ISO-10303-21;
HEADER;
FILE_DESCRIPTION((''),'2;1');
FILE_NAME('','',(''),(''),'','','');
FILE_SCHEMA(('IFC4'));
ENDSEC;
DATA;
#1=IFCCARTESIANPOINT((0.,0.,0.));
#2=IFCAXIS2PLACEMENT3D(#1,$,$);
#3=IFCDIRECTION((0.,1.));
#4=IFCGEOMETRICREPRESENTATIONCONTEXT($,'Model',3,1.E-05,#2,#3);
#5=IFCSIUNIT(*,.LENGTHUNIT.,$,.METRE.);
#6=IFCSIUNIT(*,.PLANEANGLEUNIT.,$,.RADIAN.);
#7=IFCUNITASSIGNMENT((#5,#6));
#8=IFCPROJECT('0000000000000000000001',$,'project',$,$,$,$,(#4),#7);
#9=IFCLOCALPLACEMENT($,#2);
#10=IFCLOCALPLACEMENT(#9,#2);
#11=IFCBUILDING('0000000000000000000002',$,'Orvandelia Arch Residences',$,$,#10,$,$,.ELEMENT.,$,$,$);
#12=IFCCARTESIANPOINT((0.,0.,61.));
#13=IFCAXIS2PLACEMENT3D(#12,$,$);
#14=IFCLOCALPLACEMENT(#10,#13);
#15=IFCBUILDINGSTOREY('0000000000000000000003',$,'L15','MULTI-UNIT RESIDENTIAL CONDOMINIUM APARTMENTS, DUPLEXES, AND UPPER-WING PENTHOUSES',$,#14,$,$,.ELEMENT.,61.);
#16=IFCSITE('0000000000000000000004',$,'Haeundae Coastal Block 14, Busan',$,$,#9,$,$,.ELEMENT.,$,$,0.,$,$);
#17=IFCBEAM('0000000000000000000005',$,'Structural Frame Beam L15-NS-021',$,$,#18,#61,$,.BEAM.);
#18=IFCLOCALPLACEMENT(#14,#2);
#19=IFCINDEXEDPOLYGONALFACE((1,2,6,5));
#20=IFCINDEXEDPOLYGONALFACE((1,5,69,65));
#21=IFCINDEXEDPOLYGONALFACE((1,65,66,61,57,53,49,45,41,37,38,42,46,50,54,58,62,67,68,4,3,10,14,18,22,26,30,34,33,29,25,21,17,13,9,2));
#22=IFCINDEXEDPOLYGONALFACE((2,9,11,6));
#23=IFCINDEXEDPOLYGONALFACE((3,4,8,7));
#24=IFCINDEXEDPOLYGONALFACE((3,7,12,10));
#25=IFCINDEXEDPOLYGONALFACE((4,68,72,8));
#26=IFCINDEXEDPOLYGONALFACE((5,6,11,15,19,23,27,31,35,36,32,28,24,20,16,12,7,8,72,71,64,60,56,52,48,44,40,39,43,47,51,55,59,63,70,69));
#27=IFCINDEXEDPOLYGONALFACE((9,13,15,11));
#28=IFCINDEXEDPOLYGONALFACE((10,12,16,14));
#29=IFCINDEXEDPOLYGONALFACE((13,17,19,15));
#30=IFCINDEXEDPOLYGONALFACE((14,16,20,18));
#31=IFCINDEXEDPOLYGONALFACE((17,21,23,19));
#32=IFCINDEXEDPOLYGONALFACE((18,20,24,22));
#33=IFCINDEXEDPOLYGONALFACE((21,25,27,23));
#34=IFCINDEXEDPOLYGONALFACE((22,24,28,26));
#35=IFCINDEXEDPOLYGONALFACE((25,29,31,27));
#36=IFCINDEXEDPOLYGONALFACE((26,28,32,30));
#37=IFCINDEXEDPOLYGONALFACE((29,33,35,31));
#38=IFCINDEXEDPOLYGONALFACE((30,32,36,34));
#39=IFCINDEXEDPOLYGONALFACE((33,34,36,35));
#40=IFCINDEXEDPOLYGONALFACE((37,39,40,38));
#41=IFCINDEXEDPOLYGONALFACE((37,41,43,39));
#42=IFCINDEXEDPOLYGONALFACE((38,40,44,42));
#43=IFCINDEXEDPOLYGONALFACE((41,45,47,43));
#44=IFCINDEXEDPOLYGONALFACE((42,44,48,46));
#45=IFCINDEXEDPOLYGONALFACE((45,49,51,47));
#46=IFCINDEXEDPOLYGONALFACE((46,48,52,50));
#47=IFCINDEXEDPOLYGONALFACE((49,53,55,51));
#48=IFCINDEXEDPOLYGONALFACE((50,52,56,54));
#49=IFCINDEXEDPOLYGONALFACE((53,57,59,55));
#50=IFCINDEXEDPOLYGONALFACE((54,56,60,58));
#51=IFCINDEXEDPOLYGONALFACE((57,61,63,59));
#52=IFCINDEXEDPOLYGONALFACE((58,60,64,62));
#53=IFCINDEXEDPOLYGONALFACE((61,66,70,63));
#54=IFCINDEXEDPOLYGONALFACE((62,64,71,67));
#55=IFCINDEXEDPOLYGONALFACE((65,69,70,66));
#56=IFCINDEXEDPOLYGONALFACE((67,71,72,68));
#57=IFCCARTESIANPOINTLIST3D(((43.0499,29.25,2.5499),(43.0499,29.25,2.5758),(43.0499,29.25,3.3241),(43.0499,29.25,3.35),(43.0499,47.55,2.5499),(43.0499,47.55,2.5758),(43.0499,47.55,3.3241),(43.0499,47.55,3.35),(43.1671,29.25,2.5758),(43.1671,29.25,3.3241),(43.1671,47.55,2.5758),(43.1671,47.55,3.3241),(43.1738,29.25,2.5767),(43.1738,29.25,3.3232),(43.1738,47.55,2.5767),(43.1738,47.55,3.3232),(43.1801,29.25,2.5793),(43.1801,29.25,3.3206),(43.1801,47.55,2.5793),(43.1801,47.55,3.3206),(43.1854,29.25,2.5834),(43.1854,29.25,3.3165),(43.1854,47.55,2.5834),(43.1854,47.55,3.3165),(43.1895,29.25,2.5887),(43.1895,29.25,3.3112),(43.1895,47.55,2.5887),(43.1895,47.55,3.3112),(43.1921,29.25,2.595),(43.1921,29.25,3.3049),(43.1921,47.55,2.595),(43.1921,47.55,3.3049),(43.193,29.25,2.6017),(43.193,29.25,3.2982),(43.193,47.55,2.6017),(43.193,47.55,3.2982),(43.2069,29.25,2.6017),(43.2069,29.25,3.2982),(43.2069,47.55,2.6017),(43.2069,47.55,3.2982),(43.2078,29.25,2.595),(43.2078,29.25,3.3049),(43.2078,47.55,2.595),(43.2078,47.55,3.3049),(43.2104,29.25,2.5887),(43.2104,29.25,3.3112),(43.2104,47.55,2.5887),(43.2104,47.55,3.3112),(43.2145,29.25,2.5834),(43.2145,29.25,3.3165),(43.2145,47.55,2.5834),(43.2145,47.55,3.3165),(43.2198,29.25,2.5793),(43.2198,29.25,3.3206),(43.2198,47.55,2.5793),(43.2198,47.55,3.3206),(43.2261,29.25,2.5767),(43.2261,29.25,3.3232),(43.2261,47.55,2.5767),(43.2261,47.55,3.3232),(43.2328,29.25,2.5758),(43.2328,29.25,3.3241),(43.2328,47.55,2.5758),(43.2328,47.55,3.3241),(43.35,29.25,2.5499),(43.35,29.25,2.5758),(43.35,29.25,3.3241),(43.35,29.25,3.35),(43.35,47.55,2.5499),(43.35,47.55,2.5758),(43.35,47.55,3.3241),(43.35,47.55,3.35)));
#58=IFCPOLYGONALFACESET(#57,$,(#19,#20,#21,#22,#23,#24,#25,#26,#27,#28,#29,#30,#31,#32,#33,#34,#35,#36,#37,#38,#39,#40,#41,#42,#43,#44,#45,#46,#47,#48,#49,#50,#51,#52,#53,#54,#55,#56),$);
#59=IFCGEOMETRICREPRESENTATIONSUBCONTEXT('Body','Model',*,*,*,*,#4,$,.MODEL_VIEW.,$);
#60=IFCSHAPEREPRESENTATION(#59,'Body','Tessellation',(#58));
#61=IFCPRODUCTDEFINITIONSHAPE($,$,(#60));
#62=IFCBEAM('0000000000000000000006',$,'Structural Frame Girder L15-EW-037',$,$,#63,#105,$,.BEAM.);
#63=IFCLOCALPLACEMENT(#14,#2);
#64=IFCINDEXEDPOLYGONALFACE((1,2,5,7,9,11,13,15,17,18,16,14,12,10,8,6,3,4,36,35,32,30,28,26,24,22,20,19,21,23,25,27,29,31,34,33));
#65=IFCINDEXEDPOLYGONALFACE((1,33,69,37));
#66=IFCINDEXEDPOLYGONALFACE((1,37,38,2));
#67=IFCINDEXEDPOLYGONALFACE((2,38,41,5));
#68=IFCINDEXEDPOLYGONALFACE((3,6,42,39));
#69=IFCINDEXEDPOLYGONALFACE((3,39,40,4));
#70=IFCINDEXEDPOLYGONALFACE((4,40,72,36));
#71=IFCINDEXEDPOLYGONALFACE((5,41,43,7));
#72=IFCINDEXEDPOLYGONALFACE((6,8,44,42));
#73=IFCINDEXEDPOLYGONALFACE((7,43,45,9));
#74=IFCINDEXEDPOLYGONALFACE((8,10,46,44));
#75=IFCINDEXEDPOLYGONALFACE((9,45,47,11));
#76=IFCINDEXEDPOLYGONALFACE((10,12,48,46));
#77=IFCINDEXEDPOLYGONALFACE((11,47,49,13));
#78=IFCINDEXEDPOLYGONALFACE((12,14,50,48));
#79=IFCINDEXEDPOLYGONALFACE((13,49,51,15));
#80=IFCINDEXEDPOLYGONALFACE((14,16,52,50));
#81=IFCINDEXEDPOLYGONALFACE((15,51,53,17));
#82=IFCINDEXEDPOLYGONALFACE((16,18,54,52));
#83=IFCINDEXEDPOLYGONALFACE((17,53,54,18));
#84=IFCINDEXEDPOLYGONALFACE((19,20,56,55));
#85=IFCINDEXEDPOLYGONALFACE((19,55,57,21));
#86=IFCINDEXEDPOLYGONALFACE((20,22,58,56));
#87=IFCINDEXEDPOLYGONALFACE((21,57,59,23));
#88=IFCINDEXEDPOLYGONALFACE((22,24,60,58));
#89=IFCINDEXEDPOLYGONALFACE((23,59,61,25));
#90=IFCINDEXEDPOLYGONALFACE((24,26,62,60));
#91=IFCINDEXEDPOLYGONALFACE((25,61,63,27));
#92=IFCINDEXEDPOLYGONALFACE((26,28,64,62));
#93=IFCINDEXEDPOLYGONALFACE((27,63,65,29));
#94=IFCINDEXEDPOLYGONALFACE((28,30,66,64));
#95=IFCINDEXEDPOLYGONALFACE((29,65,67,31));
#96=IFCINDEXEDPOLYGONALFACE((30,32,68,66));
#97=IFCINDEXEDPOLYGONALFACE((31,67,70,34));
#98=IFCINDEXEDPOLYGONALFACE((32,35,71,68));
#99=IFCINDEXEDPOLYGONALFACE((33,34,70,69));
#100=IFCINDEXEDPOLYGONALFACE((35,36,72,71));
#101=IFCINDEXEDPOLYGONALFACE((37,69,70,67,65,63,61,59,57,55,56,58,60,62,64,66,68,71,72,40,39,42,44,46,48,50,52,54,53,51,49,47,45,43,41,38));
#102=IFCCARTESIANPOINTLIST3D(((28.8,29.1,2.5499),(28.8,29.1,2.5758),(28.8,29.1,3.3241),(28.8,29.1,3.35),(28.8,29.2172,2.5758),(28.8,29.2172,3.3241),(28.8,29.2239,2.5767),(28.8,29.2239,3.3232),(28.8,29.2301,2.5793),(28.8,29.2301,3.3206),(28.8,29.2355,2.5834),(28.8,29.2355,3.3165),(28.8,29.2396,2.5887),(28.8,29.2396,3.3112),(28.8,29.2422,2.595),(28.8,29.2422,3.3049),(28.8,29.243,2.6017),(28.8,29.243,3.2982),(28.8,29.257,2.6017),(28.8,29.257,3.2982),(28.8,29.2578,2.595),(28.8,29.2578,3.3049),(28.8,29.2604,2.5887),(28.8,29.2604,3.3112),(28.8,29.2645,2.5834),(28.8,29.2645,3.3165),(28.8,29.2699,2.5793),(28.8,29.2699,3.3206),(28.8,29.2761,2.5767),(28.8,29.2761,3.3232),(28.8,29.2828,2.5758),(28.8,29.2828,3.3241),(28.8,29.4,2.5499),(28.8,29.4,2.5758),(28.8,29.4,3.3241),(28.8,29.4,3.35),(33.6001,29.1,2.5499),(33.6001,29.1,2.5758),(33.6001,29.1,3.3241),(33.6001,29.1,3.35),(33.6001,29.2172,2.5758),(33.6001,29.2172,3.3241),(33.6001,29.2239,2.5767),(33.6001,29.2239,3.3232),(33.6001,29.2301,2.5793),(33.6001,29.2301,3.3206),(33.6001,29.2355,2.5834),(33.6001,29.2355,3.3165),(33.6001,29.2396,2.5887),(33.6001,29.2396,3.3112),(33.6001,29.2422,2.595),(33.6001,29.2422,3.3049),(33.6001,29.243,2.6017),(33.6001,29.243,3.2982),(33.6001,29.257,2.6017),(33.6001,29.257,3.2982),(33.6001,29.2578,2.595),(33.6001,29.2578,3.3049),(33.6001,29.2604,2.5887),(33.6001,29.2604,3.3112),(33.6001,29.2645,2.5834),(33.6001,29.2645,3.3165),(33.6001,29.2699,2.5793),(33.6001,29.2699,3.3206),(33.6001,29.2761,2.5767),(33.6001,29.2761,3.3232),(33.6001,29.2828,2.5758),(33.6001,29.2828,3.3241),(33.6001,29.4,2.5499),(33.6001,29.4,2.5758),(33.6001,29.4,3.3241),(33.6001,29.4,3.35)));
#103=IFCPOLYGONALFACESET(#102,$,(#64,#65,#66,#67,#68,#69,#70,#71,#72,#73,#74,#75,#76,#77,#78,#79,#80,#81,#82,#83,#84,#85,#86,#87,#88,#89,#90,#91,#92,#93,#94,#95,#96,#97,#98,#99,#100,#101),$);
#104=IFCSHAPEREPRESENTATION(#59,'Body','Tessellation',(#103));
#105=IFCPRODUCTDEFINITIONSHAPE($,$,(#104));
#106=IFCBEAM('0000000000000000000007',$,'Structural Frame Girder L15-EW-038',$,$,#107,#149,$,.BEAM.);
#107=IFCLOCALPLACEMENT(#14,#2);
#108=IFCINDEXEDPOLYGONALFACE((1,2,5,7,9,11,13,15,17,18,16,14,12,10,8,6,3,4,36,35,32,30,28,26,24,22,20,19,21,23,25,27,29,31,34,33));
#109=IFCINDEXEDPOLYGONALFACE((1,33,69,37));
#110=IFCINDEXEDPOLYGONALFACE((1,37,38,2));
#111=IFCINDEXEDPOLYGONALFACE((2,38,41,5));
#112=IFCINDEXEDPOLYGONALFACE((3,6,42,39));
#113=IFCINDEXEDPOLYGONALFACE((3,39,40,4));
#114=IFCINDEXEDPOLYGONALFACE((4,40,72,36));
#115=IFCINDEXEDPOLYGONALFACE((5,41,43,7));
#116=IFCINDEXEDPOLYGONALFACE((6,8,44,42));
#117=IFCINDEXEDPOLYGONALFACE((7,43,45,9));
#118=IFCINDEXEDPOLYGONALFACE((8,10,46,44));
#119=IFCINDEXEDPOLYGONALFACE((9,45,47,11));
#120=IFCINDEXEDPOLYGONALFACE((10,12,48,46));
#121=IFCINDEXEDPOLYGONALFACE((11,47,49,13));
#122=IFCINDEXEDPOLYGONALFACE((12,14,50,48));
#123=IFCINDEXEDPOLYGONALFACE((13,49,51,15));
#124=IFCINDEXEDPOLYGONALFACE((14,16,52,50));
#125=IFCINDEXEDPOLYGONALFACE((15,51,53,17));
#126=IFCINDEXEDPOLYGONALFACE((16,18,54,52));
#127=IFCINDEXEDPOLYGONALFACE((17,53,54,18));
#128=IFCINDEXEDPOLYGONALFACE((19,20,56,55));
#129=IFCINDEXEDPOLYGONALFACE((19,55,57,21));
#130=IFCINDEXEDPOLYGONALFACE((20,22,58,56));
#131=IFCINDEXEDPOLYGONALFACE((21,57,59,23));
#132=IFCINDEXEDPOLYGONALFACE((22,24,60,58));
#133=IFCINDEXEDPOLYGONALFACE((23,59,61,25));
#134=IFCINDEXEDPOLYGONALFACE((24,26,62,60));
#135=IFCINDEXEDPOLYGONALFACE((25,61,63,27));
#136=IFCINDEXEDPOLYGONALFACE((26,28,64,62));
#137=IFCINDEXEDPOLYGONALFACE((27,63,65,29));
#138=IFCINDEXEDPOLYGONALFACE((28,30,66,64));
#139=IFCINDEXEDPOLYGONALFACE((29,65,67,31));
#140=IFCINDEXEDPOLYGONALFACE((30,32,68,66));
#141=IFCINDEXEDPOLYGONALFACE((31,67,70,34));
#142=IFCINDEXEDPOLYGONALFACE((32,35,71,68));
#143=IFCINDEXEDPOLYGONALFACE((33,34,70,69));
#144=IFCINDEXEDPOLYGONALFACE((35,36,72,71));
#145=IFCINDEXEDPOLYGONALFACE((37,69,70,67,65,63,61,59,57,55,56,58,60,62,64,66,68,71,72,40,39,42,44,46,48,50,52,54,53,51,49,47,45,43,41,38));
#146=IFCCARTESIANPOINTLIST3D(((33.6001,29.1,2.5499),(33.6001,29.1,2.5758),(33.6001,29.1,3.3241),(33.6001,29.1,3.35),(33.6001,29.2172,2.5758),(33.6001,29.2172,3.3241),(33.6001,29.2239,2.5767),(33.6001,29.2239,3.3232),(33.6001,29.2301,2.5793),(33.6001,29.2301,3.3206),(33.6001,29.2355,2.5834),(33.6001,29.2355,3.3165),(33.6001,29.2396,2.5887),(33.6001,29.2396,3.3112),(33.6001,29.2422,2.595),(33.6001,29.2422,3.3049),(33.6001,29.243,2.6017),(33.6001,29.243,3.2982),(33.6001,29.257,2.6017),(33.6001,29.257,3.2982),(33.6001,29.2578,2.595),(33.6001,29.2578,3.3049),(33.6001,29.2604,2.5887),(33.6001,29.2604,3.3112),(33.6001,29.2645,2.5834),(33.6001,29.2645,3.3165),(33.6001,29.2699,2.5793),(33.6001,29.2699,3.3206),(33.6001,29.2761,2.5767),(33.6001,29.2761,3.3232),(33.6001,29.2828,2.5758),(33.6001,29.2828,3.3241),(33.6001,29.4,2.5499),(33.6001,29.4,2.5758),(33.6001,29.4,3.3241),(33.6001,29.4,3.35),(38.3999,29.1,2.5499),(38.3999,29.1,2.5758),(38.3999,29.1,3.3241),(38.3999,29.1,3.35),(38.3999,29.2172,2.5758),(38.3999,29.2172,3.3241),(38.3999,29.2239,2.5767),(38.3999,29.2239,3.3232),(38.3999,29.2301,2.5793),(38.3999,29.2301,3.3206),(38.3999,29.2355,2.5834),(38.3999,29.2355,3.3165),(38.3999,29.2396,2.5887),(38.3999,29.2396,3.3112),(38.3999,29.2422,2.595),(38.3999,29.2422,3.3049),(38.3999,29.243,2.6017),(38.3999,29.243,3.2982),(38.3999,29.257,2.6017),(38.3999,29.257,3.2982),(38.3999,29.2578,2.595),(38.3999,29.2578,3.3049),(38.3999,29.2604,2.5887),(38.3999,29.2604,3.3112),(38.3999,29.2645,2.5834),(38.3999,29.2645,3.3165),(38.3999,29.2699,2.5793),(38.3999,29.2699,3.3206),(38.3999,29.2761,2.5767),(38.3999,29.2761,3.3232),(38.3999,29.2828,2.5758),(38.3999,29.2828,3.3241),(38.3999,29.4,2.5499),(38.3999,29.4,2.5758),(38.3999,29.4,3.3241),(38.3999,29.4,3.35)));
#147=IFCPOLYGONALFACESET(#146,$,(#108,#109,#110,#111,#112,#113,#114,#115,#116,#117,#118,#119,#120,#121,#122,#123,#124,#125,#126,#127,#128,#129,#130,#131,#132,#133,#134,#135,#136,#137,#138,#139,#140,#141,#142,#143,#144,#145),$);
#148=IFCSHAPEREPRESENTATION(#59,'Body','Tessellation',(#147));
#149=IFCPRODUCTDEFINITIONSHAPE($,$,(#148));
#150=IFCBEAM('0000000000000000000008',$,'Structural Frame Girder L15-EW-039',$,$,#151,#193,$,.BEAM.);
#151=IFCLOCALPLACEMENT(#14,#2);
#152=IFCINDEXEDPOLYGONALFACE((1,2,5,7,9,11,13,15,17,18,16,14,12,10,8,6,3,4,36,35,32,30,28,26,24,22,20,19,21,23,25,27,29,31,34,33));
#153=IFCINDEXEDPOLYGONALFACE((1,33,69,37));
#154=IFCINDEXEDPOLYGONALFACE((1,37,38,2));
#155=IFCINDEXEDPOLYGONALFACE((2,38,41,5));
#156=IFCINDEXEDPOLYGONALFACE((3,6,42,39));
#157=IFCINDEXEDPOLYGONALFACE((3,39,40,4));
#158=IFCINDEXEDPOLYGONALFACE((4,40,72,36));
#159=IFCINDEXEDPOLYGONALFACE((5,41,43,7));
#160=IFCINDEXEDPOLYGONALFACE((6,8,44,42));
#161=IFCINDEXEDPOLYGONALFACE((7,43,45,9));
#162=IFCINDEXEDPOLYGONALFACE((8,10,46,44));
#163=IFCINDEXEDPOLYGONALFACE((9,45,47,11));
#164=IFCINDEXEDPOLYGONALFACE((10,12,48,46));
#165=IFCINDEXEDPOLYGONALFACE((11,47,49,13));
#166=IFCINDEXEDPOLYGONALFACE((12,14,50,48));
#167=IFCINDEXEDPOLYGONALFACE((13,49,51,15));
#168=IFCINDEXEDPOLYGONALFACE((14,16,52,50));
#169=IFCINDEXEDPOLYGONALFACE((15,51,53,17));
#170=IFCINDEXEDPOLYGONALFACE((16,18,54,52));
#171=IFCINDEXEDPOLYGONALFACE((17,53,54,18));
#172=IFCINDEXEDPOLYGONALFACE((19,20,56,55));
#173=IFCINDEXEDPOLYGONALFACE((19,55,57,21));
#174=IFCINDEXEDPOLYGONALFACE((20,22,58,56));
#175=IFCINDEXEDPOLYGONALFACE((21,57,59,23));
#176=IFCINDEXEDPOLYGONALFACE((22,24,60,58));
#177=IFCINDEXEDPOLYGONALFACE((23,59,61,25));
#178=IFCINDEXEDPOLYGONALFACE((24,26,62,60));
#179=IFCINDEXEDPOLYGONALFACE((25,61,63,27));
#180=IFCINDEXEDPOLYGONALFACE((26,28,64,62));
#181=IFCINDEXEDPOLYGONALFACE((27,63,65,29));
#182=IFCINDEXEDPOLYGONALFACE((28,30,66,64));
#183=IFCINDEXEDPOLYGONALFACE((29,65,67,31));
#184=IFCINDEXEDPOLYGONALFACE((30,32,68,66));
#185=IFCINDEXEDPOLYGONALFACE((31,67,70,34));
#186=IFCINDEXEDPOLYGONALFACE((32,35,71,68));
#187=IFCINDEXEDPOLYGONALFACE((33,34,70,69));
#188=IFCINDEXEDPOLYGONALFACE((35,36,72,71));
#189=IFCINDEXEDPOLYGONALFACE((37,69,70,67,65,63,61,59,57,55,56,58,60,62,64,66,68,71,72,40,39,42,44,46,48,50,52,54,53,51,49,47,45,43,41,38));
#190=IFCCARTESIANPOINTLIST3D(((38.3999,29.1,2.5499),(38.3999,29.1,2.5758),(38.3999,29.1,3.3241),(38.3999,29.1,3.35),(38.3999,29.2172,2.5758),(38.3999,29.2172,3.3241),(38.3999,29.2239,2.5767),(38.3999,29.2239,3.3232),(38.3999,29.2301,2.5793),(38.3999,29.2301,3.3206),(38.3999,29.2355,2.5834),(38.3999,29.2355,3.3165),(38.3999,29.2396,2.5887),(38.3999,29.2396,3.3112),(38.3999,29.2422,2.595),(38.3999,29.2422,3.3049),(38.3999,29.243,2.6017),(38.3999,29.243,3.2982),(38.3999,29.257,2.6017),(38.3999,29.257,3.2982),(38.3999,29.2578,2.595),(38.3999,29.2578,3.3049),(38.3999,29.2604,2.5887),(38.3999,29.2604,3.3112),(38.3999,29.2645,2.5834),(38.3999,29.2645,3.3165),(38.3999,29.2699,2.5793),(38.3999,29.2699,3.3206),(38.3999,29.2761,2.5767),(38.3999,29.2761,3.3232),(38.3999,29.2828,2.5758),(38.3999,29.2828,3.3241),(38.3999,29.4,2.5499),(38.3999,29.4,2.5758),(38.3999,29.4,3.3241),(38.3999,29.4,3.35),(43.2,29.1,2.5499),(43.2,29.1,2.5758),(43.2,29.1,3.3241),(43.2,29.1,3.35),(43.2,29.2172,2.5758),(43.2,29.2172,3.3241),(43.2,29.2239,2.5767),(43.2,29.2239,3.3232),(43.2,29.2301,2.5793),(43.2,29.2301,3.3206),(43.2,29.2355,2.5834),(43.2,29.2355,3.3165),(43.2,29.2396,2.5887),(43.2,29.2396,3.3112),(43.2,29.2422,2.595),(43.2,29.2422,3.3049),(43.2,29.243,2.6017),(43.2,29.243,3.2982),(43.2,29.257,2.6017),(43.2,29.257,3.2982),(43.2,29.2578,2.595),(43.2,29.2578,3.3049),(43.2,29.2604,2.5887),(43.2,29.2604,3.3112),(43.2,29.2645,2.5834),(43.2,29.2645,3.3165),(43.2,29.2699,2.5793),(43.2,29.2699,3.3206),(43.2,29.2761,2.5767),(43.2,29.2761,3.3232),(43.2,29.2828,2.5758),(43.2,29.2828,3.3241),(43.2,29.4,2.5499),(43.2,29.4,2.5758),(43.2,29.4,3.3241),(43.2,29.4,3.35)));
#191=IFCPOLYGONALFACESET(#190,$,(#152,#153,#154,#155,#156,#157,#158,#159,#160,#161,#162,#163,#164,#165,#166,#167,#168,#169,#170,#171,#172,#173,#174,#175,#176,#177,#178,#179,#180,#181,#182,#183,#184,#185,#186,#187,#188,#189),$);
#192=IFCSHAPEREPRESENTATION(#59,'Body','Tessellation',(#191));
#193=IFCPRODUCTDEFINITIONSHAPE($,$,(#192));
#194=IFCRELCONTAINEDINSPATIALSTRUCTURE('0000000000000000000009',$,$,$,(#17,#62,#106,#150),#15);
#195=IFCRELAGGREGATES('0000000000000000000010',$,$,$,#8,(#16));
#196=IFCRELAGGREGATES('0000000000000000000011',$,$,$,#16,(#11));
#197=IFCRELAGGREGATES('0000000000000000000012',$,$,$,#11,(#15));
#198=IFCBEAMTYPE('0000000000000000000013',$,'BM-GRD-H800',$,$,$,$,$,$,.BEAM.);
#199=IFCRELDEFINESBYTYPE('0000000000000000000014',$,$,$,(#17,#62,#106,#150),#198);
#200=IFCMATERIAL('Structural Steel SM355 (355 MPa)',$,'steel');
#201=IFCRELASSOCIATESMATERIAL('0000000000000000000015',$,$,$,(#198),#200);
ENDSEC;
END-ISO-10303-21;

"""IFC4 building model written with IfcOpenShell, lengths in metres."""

from ifc_helpers import new_model, si_unit, direction, frame, origin, origin_2d, place, context, subcontext, project, spatial, i_section, extrude, material, material_profile, profile_set, type_object, element, save


model = new_model("IFC4")

# Units and contexts
model_context = context("Model", 3, precision=1e-05, world=origin(), true_north=direction((0.0, 1.0)))
body_context = subcontext(model_context, "Body", "Model", "MODEL_VIEW")
ifc_project = project(units=[si_unit("LENGTHUNIT", "METRE"), si_unit("PLANEANGLEUNIT", "RADIAN")], contexts=[model_context])

# Site, building, storey
site_placement = place(None, origin())
site = spatial("IfcSite", under=ifc_project, at=site_placement, Name="Haeundae Coastal Block 14, Busan", CompositionType="ELEMENT", RefElevation=0.0)
building_placement = place(site_placement, origin())
building = spatial("IfcBuilding", under=site, at=building_placement, Name="Orvandelia Arch Residences", CompositionType="ELEMENT")
storey_placement = place(building_placement, frame((0.0, 0.0, 61.0)))
storey = spatial("IfcBuildingStorey", under=building, at=storey_placement, Name="L15", Description="MULTI-UNIT RESIDENTIAL CONDOMINIUM APARTMENTS, DUPLEXES, AND UPPER-WING PENTHOUSES", CompositionType="ELEMENT", Elevation=61.0)

# Beams
ifc_material_1 = material(Name="Structural Steel SM355 (355 MPa)", Category="steel")
ifc_material_profile_1 = material_profile(ifc_material_1, i_section(OverallWidth=0.3, OverallDepth=0.8, WebThickness=0.0139, FlangeThickness=0.0259, FilletRadius=0.0259, at=origin_2d()), Name="Structural Steel SM355 (355 MPa)", Category="steel")
ifc_profile_set_1 = profile_set([ifc_material_profile_1], Name="Structural Steel SM355 (355 MPa)")
beam_type = type_object("IfcBeamType", Name="BM-GRD-H800", PredefinedType="BEAM", material=ifc_profile_set_1)
for number, where, z_axis, x_axis, name in (
    (1, (43.2, 29.25, 2.95), (0.0, 1.0, 0.0), (-1.0, 0.0, 0.0), "Structural Frame Beam L15-NS-021"),
):
    element("IfcBeam", number, at=place(storey_placement, frame(where, z_axis=z_axis, x_axis=x_axis)), inside=storey, type_object=beam_type, Name=name, PredefinedType="BEAM", context=body_context, shape_type="SweptSolid", body=[
        extrude(i_section(OverallWidth=0.3, OverallDepth=0.8, WebThickness=0.0139, FlangeThickness=0.0259, FilletRadius=0.0259, at=origin_2d()), origin(), (0.0, 0.0, 1.0), 18.3),
    ])
beam_1_placement = place(storey_placement, frame((28.8, 29.25, 2.95), z_axis=(1.0, 0.0, 0.0), x_axis=(0.0, 1.0, 0.0)))
element("IfcBeam", 2, at=beam_1_placement, inside=storey, type_object=beam_type, Name="Structural Frame Girder L15-EW-037", PredefinedType="BEAM", context=body_context, shape_type="SweptSolid", body=[
    extrude(i_section(OverallWidth=0.3, OverallDepth=0.8, WebThickness=0.0139, FlangeThickness=0.0259, FilletRadius=0.0259, at=origin_2d()), origin(), (0.0, 0.0, 1.0), 4.8),
])
beam_2_placement = place(storey_placement, frame((33.6001, 29.25, 2.95), z_axis=(1.0, 0.0, 0.0), x_axis=(0.0, 1.0, 0.0)))
element("IfcBeam", 3, at=beam_2_placement, inside=storey, type_object=beam_type, Name="Structural Frame Girder L15-EW-038", PredefinedType="BEAM", context=body_context, shape_type="SweptSolid", body=[
    extrude(i_section(OverallWidth=0.3, OverallDepth=0.8, WebThickness=0.0139, FlangeThickness=0.0259, FilletRadius=0.0259, at=origin_2d()), origin(), (0.0, 0.0, 1.0), 4.7998),
])
for number, where, z_axis, x_axis, name in (
    (4, (38.3999, 29.25, 2.95), (1.0, 0.0, 0.0), (0.0, 1.0, 0.0), "Structural Frame Girder L15-EW-039"),
):
    element("IfcBeam", number, at=place(storey_placement, frame(where, z_axis=z_axis, x_axis=x_axis)), inside=storey, type_object=beam_type, Name=name, PredefinedType="BEAM", context=body_context, shape_type="SweptSolid", body=[
        extrude(i_section(OverallWidth=0.3, OverallDepth=0.8, WebThickness=0.0139, FlangeThickness=0.0259, FilletRadius=0.0259, at=origin_2d()), origin(), (0.0, 0.0, 1.0), 4.8),
    ])

save(model, "model.ifc")
